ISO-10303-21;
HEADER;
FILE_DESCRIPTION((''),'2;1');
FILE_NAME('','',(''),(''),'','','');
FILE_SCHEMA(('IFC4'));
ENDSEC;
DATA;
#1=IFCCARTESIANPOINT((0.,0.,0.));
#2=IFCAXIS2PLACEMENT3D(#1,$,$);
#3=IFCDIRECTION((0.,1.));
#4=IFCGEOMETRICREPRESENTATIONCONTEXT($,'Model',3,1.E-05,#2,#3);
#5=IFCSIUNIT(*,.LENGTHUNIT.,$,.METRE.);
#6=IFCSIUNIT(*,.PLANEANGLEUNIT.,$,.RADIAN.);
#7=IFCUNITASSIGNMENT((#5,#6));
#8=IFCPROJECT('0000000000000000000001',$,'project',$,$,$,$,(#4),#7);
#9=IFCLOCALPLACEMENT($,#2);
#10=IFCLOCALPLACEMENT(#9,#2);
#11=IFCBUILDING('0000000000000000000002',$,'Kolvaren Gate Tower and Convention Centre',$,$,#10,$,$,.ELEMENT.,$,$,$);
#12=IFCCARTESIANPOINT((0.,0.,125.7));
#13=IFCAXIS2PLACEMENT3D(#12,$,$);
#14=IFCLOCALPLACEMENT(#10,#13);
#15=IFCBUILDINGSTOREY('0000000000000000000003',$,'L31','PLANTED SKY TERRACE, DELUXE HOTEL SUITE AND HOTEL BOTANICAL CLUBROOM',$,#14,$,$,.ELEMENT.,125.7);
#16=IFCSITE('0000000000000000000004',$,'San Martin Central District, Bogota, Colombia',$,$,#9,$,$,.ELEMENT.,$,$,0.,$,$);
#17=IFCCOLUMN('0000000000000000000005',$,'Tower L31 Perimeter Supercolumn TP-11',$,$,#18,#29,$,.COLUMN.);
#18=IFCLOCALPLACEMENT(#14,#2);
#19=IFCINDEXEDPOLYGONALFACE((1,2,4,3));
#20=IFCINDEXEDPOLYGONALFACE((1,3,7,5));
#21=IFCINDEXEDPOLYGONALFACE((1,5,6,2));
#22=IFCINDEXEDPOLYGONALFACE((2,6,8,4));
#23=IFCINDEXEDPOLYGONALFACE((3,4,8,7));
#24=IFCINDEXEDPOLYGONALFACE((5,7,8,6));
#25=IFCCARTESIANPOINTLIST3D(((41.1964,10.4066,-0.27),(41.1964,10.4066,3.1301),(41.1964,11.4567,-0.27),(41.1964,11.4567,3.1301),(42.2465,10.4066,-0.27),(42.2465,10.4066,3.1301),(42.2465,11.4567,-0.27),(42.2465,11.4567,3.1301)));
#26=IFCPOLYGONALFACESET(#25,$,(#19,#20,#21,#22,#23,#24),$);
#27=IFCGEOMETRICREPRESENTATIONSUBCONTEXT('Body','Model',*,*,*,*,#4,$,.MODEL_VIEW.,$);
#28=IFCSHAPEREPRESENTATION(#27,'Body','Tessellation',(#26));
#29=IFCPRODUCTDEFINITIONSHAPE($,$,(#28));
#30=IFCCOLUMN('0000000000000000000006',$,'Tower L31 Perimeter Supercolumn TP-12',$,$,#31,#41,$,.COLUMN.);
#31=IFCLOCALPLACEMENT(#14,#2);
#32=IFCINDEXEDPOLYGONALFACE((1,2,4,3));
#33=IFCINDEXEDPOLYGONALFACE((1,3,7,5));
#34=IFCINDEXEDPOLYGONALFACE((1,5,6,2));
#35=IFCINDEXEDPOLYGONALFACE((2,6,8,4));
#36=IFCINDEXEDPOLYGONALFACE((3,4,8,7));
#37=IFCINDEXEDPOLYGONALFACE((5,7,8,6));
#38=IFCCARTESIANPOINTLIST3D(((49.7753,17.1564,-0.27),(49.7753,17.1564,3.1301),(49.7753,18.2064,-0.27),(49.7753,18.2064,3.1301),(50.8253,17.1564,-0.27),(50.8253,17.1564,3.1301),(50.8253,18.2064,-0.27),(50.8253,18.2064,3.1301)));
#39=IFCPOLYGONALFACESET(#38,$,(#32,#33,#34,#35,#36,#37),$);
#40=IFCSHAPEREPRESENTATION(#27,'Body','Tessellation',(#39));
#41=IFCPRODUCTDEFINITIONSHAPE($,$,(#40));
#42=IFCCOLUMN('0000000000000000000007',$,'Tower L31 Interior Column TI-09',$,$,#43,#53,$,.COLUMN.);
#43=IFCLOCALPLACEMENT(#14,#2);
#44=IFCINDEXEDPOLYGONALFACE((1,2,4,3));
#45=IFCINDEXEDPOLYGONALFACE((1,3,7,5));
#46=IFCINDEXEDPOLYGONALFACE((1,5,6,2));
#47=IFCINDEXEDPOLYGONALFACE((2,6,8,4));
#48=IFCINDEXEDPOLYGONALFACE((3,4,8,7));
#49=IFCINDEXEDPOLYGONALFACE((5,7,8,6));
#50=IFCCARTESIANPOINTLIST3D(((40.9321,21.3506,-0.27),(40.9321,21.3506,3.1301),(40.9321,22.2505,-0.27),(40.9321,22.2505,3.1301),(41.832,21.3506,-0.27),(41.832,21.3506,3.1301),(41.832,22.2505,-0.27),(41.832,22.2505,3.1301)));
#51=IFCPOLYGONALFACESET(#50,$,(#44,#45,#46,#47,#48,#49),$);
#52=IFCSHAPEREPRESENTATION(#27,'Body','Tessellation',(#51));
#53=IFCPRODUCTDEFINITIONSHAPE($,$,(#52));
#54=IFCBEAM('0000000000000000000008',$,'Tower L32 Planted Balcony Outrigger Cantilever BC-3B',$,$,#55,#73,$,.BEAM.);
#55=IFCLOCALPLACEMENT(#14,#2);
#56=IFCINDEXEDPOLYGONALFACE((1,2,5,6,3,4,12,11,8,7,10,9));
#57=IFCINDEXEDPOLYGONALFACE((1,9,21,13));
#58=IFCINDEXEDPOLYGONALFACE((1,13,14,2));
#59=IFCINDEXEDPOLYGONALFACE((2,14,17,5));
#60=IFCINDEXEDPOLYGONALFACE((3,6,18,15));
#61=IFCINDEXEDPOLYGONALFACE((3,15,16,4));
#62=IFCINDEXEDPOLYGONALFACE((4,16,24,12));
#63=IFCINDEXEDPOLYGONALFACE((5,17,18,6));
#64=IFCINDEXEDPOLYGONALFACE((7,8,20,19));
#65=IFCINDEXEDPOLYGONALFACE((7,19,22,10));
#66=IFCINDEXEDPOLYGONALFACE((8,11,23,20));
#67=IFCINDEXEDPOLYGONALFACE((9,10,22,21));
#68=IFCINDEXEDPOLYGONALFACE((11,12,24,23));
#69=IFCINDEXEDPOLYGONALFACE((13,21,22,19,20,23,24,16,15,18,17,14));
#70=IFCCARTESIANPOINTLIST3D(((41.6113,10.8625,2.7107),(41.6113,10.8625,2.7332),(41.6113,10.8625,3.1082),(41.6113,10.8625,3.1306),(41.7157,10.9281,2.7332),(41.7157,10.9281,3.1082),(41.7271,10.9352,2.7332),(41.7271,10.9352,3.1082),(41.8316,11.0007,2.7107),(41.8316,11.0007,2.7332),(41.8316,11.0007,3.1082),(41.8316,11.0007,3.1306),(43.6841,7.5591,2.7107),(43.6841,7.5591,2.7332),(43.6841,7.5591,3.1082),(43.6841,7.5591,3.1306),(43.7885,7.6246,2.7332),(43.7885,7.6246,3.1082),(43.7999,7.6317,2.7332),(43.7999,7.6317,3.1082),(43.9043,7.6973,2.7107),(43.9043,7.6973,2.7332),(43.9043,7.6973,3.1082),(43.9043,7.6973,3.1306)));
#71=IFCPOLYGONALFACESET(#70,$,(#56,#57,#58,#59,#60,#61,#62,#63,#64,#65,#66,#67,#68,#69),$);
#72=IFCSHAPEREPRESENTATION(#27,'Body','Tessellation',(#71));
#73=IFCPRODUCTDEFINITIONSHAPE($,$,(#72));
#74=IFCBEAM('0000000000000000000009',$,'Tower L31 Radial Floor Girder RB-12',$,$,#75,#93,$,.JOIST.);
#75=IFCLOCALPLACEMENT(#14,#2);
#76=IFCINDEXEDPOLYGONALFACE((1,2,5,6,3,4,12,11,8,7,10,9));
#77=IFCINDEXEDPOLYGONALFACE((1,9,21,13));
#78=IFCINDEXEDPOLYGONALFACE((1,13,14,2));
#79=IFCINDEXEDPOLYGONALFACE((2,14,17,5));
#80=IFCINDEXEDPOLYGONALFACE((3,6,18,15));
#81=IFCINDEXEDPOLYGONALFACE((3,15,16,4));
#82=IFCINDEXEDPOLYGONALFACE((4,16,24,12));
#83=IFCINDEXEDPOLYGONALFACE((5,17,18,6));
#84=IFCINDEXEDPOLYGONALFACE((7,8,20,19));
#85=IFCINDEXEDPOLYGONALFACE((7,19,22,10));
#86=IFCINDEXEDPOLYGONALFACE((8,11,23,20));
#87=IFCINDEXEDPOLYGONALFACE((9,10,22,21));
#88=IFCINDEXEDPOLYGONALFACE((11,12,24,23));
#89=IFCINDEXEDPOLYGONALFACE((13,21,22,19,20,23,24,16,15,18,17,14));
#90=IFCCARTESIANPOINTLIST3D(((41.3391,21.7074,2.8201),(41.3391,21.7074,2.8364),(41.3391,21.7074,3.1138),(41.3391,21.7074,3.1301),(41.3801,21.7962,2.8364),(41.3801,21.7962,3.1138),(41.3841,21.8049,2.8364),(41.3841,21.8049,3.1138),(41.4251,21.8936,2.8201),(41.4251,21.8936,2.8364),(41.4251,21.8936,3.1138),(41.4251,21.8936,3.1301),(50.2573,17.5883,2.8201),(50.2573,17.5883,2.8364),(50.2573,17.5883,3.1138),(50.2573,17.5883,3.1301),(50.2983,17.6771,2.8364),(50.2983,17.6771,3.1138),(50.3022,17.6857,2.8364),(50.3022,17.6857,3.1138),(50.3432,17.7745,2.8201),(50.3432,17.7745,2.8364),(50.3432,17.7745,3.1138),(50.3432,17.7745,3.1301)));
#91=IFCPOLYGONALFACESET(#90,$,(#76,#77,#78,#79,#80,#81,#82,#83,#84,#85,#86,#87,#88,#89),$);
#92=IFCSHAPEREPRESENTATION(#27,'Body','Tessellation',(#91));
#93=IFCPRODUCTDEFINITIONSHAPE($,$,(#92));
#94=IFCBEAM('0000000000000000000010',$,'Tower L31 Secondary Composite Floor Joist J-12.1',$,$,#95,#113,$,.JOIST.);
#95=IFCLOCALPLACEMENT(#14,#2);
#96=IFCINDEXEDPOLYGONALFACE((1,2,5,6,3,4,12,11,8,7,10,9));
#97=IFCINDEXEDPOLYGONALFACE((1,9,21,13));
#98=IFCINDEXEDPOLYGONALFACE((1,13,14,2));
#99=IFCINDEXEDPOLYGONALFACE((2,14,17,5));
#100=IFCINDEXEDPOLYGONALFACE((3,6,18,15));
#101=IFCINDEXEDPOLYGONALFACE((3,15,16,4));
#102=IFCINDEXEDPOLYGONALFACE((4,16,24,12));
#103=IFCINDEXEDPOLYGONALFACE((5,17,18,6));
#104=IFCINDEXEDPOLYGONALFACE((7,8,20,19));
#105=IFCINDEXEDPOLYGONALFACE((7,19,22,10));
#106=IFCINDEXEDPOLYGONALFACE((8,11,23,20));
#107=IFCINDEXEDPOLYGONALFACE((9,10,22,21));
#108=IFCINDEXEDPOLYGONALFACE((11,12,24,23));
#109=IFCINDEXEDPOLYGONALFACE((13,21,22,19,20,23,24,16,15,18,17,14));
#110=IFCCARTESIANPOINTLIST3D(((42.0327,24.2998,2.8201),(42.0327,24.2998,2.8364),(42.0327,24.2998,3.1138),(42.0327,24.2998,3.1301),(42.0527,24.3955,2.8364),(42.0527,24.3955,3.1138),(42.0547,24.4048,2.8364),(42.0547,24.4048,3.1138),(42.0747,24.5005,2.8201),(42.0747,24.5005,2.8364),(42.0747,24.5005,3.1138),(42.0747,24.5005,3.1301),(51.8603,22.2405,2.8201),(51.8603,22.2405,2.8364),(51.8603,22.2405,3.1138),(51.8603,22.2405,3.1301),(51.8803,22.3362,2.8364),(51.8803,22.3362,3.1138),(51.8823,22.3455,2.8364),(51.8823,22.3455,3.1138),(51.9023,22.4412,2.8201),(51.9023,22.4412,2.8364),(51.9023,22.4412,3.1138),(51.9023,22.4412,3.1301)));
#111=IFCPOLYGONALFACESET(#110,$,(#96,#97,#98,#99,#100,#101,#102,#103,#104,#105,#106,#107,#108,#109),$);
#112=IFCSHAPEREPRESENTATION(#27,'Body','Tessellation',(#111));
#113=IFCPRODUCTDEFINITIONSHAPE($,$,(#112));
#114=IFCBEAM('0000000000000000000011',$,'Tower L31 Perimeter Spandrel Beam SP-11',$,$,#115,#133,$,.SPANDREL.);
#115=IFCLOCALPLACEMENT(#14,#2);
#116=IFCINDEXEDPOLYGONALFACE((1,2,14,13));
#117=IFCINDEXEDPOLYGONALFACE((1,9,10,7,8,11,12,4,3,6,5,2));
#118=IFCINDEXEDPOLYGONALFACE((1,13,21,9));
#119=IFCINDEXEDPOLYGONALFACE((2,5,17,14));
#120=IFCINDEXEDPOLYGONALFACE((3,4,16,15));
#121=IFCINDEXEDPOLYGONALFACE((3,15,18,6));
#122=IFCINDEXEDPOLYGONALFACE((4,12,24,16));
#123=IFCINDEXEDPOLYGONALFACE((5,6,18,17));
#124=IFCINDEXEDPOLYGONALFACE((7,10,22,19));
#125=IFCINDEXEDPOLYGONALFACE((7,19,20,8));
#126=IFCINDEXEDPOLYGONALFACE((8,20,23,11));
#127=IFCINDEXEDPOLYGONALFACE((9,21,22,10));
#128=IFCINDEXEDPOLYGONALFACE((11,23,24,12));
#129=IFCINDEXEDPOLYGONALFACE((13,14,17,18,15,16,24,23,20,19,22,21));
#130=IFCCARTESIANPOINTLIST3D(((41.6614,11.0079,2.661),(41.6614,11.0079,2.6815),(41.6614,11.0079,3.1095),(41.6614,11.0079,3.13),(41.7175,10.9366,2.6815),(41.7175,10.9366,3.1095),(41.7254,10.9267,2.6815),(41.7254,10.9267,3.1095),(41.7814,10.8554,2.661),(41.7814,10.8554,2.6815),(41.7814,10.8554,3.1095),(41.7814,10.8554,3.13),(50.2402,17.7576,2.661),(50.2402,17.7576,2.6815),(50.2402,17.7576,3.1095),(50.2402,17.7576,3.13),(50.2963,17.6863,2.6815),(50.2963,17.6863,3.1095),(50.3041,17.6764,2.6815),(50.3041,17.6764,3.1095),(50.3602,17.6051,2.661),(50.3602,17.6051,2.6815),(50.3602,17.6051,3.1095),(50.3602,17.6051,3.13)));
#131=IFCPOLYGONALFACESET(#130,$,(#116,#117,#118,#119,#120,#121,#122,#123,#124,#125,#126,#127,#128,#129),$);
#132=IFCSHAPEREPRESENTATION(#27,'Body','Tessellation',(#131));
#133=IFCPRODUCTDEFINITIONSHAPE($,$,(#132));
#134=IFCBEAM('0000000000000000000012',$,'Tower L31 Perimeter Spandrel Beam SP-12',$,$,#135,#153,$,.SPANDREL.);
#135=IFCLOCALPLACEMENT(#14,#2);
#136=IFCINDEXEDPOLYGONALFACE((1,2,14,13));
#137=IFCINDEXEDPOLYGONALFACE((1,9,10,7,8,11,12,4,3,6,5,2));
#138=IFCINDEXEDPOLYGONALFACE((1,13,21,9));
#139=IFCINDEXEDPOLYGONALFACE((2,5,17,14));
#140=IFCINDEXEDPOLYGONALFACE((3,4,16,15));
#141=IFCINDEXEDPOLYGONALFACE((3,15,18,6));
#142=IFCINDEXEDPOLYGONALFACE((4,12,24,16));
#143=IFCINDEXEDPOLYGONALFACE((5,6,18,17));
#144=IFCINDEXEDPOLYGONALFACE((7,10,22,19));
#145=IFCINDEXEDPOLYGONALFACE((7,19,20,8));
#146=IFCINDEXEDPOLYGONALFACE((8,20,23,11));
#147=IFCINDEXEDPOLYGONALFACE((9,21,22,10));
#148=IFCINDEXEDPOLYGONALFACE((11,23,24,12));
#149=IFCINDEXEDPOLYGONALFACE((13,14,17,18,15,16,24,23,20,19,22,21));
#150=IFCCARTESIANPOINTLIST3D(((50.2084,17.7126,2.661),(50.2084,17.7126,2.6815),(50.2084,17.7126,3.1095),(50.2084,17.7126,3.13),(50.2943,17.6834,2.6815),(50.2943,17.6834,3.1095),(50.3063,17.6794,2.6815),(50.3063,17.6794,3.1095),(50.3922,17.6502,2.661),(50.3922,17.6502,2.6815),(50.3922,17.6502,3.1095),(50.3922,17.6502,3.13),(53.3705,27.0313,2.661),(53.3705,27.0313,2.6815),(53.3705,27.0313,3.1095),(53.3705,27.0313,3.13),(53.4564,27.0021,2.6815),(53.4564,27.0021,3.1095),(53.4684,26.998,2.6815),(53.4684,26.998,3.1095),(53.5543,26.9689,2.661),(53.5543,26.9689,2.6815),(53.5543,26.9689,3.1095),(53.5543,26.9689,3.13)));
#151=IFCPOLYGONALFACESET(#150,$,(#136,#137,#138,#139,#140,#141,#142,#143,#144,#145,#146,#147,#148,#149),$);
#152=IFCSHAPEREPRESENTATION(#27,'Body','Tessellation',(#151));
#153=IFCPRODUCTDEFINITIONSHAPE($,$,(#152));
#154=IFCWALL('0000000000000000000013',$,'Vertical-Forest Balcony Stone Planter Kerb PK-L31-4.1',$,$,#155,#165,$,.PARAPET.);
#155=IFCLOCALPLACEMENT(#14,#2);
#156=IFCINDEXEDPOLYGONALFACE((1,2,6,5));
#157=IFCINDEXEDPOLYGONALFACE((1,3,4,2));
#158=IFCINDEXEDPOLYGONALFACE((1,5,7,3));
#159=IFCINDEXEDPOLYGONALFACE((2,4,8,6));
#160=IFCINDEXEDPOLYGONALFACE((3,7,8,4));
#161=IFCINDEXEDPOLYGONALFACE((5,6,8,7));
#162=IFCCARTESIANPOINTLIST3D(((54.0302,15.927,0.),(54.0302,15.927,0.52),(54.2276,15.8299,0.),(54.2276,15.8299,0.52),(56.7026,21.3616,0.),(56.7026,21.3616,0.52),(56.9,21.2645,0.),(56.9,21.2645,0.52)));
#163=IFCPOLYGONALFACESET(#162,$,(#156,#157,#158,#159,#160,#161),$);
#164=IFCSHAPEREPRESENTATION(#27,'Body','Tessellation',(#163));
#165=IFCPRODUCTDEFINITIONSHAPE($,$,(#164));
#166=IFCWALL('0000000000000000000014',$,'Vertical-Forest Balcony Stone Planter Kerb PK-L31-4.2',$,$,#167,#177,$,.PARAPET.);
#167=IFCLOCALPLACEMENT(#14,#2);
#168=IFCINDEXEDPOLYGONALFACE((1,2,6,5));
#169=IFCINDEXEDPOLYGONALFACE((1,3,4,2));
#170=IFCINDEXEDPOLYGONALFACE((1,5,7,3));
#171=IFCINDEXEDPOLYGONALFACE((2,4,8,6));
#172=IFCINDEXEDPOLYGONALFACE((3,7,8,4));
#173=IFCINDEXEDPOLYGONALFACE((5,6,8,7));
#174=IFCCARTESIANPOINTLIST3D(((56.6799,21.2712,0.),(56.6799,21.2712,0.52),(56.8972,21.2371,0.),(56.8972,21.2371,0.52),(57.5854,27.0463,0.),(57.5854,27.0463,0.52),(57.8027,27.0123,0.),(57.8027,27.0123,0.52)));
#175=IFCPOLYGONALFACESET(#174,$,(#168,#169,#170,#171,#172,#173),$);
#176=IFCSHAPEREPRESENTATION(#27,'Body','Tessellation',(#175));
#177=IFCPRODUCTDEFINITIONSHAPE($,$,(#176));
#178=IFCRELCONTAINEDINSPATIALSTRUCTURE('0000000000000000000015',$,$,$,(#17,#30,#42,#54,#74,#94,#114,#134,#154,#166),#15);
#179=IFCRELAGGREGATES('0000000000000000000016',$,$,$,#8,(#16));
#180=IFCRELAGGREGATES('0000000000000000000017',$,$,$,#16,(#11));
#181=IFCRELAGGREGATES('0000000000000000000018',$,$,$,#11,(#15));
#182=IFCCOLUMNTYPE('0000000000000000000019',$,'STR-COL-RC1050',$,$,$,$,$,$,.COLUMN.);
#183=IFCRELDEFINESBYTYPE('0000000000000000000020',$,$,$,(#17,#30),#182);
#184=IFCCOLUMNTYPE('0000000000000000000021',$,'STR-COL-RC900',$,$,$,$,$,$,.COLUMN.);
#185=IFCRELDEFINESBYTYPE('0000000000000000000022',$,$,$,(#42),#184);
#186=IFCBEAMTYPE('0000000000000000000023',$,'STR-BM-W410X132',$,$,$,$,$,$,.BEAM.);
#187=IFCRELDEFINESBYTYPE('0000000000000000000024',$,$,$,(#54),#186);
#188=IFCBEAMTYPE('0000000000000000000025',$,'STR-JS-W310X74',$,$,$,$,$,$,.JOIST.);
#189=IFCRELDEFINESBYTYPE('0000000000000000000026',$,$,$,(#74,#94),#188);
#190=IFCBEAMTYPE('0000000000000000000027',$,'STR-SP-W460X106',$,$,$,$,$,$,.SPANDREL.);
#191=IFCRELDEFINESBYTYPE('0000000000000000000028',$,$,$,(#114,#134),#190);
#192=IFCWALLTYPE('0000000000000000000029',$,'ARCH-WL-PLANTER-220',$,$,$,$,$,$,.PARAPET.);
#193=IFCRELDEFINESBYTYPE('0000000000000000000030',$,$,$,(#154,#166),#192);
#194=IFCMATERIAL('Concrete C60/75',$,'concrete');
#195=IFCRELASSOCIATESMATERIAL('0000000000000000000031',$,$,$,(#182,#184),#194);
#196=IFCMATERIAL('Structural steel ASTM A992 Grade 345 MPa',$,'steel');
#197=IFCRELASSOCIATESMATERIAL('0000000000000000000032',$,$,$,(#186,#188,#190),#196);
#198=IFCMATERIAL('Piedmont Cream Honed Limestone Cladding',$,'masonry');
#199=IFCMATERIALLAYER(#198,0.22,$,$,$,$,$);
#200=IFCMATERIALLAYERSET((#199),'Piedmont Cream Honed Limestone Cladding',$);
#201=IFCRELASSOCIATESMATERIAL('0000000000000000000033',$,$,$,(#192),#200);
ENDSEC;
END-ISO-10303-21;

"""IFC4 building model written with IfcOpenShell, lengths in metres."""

from ifc_helpers import new_model, si_unit, direction, frame, frame_2d, origin, origin_2d, place, context, subcontext, project, spatial, rectangle, i_section, extrude, material, layer, layer_set, material_profile, profile_set, type_object, element, save


model = new_model("IFC4")

# Units and contexts
model_context = context("Model", 3, precision=1e-05, world=origin(), true_north=direction((0.0, 1.0)))
body_context = subcontext(model_context, "Body", "Model", "MODEL_VIEW")
ifc_project = project(units=[si_unit("LENGTHUNIT", "METRE"), si_unit("PLANEANGLEUNIT", "RADIAN")], contexts=[model_context])

# Site, building, storey
site_placement = place(None, origin())
site = spatial("IfcSite", under=ifc_project, at=site_placement, Name="San Martin Central District, Bogota, Colombia", CompositionType="ELEMENT", RefElevation=0.0)
building_placement = place(site_placement, origin())
building = spatial("IfcBuilding", under=site, at=building_placement, Name="Kolvaren Gate Tower and Convention Centre", CompositionType="ELEMENT")
storey_placement = place(building_placement, frame((0.0, 0.0, 125.7)))
storey = spatial("IfcBuildingStorey", under=building, at=storey_placement, Name="L31", Description="PLANTED SKY TERRACE, DELUXE HOTEL SUITE AND HOTEL BOTANICAL CLUBROOM", CompositionType="ELEMENT", Elevation=125.7)

# Columns
ifc_material_1 = material(Name="Concrete C60/75", Category="concrete")
ifc_material_profile_1 = material_profile(ifc_material_1, rectangle(XDim=1.05, YDim=1.05, at=origin_2d()), Name="RC-COL-1050X1050")
ifc_profile_set_1 = profile_set([ifc_material_profile_1], Name="Concrete C60/75")
column_type_1 = type_object("IfcColumnType", Name="STR-COL-RC1050", PredefinedType="COLUMN", material=ifc_profile_set_1)
for number, where, z_axis, x_axis, name in (
    (1, (41.7214, 10.9316, -0.27), (0.0, 0.0, 1.0), (1.0, 0.0, 0.0), "Tower L31 Perimeter Supercolumn TP-11"),
    (2, (50.3003, 17.6814, -0.27), (0.0, 0.0, 1.0), (1.0, 0.0, 0.0), "Tower L31 Perimeter Supercolumn TP-12"),
):
    element("IfcColumn", number, at=place(storey_placement, frame(where, z_axis=z_axis, x_axis=x_axis)), inside=storey, type_object=column_type_1, Name=name, PredefinedType="COLUMN", context=body_context, shape_type="SweptSolid", body=[
        extrude(rectangle(XDim=1.05, YDim=1.05, at=origin_2d()), origin(), (0.0, 0.0, 1.0), 3.4001),
    ])
ifc_material_profile_2 = material_profile(ifc_material_1, rectangle(XDim=0.8999, YDim=0.8999, at=origin_2d()), Name="RC-COL-900X900")
ifc_profile_set_2 = profile_set([ifc_material_profile_2], Name="Concrete C60/75")
column_type_2 = type_object("IfcColumnType", Name="STR-COL-RC900", PredefinedType="COLUMN", material=ifc_profile_set_2)
column_placement = place(storey_placement, frame((41.3821, 21.8005, -0.27), z_axis=(0.0, 0.0, 1.0), x_axis=(1.0, 0.0, 0.0)))
element("IfcColumn", 3, at=column_placement, inside=storey, type_object=column_type_2, Name="Tower L31 Interior Column TI-09", PredefinedType="COLUMN", context=body_context, shape_type="SweptSolid", body=[
    extrude(rectangle(XDim=0.8999, YDim=0.8999, at=origin_2d()), origin(), (0.0, 0.0, 1.0), 3.4001),
])

# Beams
ifc_material_2 = material(Name="Structural steel ASTM A992 Grade 345 MPa", Category="steel")
ifc_material_profile_3 = material_profile(ifc_material_2, i_section(OverallWidth=0.26, OverallDepth=0.4199, WebThickness=0.0134, FlangeThickness=0.0225, at=origin_2d()), Name="W410X132")
ifc_profile_set_3 = profile_set([ifc_material_profile_3], Name="Structural steel ASTM A992 Grade 345 MPa")
beam_type_1 = type_object("IfcBeamType", Name="STR-BM-W410X132", PredefinedType="BEAM", material=ifc_profile_set_3)
beam_1_placement = place(storey_placement, frame((41.7214, 10.9316, 2.9207), z_axis=(0.531489, -0.847065, 0.0), x_axis=(0.847065, 0.531489, 0.0)))
element("IfcBeam", 4, at=beam_1_placement, inside=storey, type_object=beam_type_1, Name="Tower L32 Planted Balcony Outrigger Cantilever BC-3B", PredefinedType="BEAM", context=body_context, shape_type="SweptSolid", body=[
    extrude(i_section(OverallWidth=0.26, OverallDepth=0.4199, WebThickness=0.0134, FlangeThickness=0.0225, at=origin_2d()), origin(), (0.0, 0.0, 1.0), 3.8999),
])
ifc_material_profile_4 = material_profile(ifc_material_2, i_section(OverallWidth=0.2051, OverallDepth=0.3101, WebThickness=0.0095, FlangeThickness=0.0164, at=origin_2d()), Name="W310X74")
ifc_profile_set_4 = profile_set([ifc_material_profile_4], Name="Structural steel ASTM A992 Grade 345 MPa")
beam_type_2 = type_object("IfcBeamType", Name="STR-JS-W310X74", PredefinedType="JOIST", material=ifc_profile_set_4)
beam_2_placement = place(storey_placement, frame((41.3821, 21.8005, 2.9751), z_axis=(0.907842, -0.419313, 0.0), x_axis=(0.419313, 0.907842, 0.0)))
element("IfcBeam", 5, at=beam_2_placement, inside=storey, type_object=beam_type_2, Name="Tower L31 Radial Floor Girder RB-12", PredefinedType="JOIST", context=body_context, shape_type="SweptSolid", body=[
    extrude(i_section(OverallWidth=0.2051, OverallDepth=0.3101, WebThickness=0.0095, FlangeThickness=0.0164, at=origin_2d()), origin(), (0.0, 0.0, 1.0), 9.8235),
])
beam_3_placement = place(storey_placement, frame((42.0537, 24.4001, 2.9751), z_axis=(0.978743, -0.20509, 0.0), x_axis=(0.20509, 0.978743, 0.0)))
element("IfcBeam", 6, at=beam_3_placement, inside=storey, type_object=beam_type_2, Name="Tower L31 Secondary Composite Floor Joist J-12.1", PredefinedType="JOIST", context=body_context, shape_type="SweptSolid", body=[
    extrude(i_section(OverallWidth=0.2051, OverallDepth=0.3101, WebThickness=0.0095, FlangeThickness=0.0164, at=origin_2d()), origin(), (0.0, 0.0, 1.0), 10.041),
])
ifc_material_profile_5 = material_profile(ifc_material_2, i_section(OverallWidth=0.1941, OverallDepth=0.469, WebThickness=0.0127, FlangeThickness=0.0205, at=origin_2d()), Name="W460X106")
ifc_profile_set_5 = profile_set([ifc_material_profile_5], Name="Structural steel ASTM A992 Grade 345 MPa")
beam_type_3 = type_object("IfcBeamType", Name="STR-SP-W460X106", PredefinedType="SPANDREL", material=ifc_profile_set_5)
beam_4_placement = place(storey_placement, frame((41.7214, 10.9316, 2.8955), z_axis=(0.785908, 0.618344, 0.0), x_axis=(-0.618344, 0.785908, 0.0)))
element("IfcBeam", 7, at=beam_4_placement, inside=storey, type_object=beam_type_3, Name="Tower L31 Perimeter Spandrel Beam SP-11", PredefinedType="SPANDREL", context=body_context, shape_type="SweptSolid", body=[
    extrude(i_section(OverallWidth=0.1941, OverallDepth=0.469, WebThickness=0.0127, FlangeThickness=0.0205, at=origin_2d()), origin(), (0.0, 0.0, 1.0), 10.9158),
])
beam_5_placement = place(storey_placement, frame((50.3003, 17.6814, 2.8955), z_axis=(0.321336, 0.946965, 0.0), x_axis=(-0.946965, 0.321336, 0.0)))
element("IfcBeam", 8, at=beam_5_placement, inside=storey, type_object=beam_type_3, Name="Tower L31 Perimeter Spandrel Beam SP-12", PredefinedType="SPANDREL", context=body_context, shape_type="SweptSolid", body=[
    extrude(i_section(OverallWidth=0.1941, OverallDepth=0.469, WebThickness=0.0127, FlangeThickness=0.0205, at=origin_2d()), origin(), (0.0, 0.0, 1.0), 9.8406),
])

# Walls
ifc_material_3 = material(Name="Piedmont Cream Honed Limestone Cladding", Category="masonry")
ifc_layer_1 = layer(ifc_material_3, 0.22)
ifc_layer_set_1 = layer_set([ifc_layer_1], Name="Piedmont Cream Honed Limestone Cladding")
wall_type_1 = type_object("IfcWallType", Name="ARCH-WL-PLANTER-220", PredefinedType="PARAPET", material=ifc_layer_set_1)
wall_1_placement = place(storey_placement, frame((54.1289, 15.8784, 0.0), z_axis=(0.0, 0.0, 1.0), x_axis=(0.44127, 0.897375, 0.0)))
element("IfcWall", 9, at=wall_1_placement, inside=storey, type_object=wall_type_1, Name="Vertical-Forest Balcony Stone Planter Kerb PK-L31-4.1", PredefinedType="PARAPET", context=body_context, shape_type="SweptSolid", body=[
    extrude(rectangle(XDim=6.0562, YDim=0.22, at=frame_2d((3.0281, 0.0))), origin(), (0.0, 0.0, 1.0), 0.52),
])
wall_2_placement = place(storey_placement, frame((56.7886, 21.2542, 0.0), z_axis=(0.0, 0.0, 1.0), x_axis=(0.154903, 0.98793, 0.0)))
element("IfcWall", 10, at=wall_2_placement, inside=storey, type_object=wall_type_1, Name="Vertical-Forest Balcony Stone Planter Kerb PK-L31-4.2", PredefinedType="PARAPET", context=body_context, shape_type="SweptSolid", body=[
    extrude(rectangle(XDim=5.8457, YDim=0.22, at=frame_2d((2.9229, 0.0))), origin(), (0.0, 0.0, 1.0), 0.52),
])

save(model, "model.ifc")
